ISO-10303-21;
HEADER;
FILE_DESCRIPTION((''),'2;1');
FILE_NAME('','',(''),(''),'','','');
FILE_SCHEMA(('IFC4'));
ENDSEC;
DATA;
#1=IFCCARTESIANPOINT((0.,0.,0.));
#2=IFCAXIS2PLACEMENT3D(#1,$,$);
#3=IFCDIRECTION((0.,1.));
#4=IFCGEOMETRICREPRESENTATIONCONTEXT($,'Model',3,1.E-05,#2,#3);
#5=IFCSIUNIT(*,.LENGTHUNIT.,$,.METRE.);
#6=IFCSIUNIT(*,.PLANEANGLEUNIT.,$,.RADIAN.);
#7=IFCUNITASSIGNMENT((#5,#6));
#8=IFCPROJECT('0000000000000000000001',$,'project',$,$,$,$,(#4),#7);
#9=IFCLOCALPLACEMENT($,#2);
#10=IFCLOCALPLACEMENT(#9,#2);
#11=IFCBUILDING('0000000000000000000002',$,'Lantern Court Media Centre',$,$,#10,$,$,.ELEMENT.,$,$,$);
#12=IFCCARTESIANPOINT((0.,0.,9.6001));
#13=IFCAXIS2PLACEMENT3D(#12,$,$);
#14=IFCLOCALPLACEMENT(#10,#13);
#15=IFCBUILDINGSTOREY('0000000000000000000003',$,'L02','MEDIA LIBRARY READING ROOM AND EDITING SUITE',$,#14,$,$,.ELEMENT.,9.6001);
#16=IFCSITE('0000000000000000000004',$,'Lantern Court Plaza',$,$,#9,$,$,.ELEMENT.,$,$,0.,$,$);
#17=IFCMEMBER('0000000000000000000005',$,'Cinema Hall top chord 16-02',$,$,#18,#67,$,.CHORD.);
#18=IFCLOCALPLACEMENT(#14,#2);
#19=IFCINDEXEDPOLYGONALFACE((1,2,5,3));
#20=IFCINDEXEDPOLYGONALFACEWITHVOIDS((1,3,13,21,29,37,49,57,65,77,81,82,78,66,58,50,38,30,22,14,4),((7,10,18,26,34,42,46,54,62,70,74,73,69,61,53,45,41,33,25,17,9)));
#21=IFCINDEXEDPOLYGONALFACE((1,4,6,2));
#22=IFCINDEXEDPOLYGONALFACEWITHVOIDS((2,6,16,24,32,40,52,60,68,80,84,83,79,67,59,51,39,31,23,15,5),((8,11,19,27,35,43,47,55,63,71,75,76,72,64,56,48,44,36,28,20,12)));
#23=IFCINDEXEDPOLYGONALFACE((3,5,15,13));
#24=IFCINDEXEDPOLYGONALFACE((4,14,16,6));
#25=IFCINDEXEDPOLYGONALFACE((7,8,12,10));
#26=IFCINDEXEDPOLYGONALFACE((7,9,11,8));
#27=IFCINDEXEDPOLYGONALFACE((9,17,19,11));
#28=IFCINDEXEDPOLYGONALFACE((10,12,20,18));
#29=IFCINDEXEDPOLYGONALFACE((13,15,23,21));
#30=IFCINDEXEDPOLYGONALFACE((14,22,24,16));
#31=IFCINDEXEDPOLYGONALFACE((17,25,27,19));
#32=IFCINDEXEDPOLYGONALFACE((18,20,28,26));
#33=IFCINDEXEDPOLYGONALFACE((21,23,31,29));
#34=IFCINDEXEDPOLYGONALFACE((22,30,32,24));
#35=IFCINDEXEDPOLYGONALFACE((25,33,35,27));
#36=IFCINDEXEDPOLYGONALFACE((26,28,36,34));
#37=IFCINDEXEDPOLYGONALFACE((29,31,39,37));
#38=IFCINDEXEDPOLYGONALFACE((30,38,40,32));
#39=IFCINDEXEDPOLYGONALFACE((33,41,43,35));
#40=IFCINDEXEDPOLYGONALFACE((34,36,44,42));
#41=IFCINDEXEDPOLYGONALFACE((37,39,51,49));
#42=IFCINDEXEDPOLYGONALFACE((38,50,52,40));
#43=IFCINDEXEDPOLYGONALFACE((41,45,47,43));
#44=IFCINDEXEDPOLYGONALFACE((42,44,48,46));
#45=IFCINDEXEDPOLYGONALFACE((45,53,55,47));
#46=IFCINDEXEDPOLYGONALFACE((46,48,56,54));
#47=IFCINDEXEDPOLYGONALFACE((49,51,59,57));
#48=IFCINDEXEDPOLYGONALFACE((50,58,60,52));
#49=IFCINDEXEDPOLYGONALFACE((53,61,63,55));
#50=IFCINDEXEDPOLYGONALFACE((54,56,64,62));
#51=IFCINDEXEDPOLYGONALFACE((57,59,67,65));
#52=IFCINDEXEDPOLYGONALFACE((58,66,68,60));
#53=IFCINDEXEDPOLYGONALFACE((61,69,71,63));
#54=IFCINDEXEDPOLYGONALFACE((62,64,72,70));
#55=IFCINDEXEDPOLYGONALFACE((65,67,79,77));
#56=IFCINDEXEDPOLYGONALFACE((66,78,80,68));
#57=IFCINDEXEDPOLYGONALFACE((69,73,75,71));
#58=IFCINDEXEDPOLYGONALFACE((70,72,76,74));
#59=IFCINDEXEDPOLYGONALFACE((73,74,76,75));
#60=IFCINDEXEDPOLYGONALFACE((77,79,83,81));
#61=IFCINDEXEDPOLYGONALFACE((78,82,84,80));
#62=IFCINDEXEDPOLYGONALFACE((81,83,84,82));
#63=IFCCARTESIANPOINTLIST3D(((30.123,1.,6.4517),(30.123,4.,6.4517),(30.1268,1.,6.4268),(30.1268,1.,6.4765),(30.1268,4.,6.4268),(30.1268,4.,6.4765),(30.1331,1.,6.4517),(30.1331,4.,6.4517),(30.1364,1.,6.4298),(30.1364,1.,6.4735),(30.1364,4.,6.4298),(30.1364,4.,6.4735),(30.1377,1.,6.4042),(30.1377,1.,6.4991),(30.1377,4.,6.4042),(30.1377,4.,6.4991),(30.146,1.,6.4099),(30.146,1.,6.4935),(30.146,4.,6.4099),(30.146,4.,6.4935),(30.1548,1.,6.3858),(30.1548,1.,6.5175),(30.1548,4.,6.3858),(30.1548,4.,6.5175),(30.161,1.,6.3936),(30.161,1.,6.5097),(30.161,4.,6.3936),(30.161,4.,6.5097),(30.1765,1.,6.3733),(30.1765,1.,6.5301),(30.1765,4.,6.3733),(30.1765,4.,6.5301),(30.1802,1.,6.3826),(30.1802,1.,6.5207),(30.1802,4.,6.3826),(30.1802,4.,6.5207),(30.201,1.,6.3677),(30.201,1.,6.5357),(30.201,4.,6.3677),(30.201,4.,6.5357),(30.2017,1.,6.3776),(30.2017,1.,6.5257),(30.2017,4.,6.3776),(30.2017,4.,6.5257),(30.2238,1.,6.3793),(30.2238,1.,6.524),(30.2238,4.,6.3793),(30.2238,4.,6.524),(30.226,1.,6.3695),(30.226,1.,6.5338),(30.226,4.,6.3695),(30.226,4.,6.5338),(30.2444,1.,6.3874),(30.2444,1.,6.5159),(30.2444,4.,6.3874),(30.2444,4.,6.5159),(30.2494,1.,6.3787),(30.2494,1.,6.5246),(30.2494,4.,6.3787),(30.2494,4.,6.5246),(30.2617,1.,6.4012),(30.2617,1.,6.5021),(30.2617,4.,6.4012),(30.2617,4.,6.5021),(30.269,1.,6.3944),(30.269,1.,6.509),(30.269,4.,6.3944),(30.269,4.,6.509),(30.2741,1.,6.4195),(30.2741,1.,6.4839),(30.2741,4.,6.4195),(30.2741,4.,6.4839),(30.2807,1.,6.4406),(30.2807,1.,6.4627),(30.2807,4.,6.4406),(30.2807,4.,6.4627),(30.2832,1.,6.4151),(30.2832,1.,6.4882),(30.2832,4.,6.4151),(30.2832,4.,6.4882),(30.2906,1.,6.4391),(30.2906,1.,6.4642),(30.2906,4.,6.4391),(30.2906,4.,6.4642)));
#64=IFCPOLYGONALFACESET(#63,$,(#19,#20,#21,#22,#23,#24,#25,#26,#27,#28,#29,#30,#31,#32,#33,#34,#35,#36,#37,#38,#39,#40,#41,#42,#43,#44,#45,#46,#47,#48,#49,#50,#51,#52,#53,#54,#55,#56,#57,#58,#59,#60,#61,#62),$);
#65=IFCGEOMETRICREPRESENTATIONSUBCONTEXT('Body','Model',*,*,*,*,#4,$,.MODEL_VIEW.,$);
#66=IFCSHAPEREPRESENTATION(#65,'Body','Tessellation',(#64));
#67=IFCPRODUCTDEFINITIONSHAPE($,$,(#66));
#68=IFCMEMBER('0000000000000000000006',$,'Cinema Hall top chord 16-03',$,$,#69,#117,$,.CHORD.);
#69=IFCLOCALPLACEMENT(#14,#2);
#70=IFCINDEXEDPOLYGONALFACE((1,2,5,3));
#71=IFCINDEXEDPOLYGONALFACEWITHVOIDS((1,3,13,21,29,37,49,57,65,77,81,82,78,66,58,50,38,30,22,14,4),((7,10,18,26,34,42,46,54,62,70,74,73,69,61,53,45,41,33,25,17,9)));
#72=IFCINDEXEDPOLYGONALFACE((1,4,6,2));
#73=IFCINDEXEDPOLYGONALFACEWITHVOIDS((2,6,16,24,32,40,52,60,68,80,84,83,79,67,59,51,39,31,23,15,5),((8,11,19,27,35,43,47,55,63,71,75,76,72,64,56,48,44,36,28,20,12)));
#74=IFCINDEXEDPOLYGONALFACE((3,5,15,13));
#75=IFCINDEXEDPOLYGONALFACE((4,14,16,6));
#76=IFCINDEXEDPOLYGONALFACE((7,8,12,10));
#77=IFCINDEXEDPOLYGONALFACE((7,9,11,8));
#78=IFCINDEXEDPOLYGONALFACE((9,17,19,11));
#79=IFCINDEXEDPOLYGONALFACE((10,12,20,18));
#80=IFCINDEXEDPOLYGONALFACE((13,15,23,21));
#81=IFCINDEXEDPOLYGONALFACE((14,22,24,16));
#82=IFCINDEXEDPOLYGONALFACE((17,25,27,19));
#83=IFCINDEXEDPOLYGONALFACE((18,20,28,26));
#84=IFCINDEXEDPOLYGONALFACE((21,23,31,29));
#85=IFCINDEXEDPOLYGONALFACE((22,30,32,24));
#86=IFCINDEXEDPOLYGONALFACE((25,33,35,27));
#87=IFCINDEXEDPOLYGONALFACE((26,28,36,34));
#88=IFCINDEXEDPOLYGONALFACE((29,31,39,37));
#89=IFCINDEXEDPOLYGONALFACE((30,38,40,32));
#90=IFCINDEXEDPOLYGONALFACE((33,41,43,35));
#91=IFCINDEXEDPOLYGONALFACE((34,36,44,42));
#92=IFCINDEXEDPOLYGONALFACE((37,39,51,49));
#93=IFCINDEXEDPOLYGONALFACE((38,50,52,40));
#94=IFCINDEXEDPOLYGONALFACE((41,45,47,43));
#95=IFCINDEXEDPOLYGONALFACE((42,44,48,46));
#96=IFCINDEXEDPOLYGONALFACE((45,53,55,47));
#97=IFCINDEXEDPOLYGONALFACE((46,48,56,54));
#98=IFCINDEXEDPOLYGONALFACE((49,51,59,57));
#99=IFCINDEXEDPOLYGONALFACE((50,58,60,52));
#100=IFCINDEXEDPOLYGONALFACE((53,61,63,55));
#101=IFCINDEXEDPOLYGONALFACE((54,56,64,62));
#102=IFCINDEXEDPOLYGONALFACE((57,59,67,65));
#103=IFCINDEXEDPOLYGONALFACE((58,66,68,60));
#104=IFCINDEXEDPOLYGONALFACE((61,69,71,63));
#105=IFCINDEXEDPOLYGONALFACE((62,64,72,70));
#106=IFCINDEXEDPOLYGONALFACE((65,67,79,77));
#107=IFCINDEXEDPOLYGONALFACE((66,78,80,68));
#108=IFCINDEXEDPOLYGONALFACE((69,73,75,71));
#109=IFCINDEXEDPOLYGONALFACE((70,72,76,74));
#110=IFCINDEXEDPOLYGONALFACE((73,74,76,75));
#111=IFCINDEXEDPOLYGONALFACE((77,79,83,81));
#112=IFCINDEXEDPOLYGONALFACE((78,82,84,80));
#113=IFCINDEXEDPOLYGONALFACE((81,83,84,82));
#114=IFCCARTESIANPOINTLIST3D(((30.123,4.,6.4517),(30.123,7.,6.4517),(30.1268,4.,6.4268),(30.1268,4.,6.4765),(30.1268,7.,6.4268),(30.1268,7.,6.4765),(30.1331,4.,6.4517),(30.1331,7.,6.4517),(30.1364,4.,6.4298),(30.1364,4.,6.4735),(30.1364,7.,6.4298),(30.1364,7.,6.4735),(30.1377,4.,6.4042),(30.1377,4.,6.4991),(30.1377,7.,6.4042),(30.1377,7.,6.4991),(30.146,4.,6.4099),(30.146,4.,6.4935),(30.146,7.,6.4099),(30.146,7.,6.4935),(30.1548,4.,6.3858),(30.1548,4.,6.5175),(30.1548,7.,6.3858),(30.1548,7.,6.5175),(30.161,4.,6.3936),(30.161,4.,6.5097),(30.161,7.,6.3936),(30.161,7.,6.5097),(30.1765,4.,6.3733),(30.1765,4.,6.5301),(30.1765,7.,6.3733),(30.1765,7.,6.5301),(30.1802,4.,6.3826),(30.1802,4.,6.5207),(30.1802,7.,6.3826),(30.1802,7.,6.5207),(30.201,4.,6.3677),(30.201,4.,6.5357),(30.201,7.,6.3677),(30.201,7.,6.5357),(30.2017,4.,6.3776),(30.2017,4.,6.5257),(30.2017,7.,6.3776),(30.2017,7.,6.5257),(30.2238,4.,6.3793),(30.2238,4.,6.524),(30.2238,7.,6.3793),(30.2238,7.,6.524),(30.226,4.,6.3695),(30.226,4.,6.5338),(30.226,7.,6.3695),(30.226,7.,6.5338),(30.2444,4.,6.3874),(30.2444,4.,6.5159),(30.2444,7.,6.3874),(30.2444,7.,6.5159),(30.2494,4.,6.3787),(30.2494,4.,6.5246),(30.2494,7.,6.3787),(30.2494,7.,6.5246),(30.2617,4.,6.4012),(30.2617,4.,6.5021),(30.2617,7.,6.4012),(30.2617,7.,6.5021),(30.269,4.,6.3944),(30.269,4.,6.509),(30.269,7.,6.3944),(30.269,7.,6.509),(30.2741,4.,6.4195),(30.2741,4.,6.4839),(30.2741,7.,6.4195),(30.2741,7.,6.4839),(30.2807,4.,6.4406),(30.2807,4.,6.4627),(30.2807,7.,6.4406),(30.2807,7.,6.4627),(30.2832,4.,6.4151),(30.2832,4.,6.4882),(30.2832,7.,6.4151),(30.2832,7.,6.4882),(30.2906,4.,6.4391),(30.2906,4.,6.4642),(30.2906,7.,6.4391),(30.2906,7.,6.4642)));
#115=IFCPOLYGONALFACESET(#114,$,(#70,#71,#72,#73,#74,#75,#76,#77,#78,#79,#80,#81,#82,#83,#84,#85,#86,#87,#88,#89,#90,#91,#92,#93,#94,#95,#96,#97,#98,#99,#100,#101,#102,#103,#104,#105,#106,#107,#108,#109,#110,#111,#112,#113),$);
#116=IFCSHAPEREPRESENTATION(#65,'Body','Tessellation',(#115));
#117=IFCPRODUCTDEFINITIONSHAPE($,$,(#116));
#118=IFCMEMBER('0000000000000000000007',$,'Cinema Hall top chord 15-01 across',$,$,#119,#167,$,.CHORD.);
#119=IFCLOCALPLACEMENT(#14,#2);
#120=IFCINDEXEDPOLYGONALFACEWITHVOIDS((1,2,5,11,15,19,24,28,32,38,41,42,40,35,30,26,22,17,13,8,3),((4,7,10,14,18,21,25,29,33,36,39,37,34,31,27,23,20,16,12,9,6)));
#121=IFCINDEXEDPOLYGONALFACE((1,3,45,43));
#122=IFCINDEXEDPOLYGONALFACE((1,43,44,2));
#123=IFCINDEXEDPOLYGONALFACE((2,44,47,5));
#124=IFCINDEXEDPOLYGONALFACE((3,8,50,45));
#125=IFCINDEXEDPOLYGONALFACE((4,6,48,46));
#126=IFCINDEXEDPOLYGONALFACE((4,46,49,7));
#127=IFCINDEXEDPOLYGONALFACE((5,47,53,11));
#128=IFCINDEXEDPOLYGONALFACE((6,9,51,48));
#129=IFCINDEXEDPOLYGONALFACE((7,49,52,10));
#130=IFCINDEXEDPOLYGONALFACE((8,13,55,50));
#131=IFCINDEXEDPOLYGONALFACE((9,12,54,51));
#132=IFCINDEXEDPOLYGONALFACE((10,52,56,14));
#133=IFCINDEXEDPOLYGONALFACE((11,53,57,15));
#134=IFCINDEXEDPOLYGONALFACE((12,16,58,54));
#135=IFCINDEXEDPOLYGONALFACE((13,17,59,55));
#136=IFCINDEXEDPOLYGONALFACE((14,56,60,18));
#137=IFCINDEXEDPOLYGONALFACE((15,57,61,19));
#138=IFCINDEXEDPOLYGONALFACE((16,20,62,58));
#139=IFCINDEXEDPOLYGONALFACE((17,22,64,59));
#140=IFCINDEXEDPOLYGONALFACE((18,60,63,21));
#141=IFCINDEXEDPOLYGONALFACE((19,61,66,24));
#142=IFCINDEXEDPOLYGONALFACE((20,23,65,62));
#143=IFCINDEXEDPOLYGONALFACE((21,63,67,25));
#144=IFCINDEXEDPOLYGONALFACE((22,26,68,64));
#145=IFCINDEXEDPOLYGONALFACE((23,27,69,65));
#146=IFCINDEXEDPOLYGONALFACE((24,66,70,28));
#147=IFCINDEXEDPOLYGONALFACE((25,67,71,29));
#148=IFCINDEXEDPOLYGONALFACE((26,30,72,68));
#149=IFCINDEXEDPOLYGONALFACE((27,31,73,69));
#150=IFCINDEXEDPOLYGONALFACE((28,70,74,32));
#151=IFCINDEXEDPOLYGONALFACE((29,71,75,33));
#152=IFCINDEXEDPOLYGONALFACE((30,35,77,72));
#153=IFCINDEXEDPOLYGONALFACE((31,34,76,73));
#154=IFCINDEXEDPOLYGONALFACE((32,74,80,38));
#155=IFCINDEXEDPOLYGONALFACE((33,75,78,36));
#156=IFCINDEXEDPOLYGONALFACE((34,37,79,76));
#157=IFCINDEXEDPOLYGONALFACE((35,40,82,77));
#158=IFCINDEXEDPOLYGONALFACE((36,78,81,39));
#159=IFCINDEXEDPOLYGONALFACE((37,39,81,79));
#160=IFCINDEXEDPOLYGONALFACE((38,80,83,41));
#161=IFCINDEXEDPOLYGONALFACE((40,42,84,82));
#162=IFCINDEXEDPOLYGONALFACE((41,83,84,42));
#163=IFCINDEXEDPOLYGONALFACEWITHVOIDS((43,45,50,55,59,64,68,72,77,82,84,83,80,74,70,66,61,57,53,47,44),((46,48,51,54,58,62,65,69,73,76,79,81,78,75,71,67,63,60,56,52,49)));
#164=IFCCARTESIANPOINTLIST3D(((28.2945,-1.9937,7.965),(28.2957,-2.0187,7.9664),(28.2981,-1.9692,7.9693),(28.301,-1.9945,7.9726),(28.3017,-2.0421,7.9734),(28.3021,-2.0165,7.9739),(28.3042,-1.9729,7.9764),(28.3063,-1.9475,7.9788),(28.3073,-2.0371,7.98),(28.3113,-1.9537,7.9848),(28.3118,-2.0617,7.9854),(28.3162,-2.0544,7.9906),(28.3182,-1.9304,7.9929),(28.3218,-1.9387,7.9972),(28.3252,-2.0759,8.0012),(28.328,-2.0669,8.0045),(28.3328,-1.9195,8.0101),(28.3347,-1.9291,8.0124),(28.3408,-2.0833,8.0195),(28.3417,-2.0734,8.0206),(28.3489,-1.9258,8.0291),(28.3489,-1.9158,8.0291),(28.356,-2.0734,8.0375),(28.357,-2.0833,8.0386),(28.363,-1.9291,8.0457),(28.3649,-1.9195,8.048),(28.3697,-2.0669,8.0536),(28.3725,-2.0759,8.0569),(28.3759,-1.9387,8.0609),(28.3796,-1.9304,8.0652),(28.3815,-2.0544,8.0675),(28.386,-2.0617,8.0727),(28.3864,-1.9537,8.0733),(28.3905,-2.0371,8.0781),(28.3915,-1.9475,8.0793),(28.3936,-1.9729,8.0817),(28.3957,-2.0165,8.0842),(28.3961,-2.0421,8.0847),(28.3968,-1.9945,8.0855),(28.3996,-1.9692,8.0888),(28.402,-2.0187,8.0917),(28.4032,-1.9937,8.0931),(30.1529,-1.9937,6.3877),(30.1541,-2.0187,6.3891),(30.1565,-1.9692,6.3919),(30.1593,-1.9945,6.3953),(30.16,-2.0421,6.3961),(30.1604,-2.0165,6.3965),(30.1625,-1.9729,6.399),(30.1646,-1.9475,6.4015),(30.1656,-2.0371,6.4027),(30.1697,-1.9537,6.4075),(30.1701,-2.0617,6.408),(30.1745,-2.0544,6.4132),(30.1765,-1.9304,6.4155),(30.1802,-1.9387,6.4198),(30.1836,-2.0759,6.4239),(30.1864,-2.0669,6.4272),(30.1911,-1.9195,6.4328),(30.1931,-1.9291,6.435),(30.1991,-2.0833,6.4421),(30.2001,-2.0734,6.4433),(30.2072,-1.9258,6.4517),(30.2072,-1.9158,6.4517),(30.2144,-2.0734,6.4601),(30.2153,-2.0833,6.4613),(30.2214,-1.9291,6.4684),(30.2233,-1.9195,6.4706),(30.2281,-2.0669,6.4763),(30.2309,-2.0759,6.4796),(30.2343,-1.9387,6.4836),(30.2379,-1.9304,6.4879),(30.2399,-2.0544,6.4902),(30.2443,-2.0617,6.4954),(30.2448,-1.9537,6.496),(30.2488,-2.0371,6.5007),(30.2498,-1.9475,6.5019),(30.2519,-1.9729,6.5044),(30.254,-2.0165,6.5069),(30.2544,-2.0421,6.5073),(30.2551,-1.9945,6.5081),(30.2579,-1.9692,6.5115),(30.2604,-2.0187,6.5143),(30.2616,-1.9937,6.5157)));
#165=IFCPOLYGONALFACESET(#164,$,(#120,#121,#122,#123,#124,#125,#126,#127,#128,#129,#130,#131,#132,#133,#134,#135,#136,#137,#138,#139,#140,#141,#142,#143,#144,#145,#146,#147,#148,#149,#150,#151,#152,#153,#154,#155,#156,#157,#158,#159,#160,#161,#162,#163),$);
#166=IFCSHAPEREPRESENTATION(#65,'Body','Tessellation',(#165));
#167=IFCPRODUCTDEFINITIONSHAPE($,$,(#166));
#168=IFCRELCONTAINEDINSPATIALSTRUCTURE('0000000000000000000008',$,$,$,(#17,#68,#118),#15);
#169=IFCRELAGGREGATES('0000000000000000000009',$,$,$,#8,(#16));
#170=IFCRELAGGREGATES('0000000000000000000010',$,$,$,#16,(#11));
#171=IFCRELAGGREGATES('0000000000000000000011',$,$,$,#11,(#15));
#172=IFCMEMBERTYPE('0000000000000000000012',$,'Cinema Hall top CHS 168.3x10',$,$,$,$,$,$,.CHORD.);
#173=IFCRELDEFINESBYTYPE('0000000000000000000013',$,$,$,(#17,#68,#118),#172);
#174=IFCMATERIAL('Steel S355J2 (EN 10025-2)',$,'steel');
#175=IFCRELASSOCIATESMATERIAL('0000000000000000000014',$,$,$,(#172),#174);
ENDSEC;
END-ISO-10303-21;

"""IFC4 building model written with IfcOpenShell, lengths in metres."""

from ifc_helpers import new_model, si_unit, direction, frame, origin, origin_2d, place, context, subcontext, project, spatial, hollow_circle, extrude, material, material_profile, profile_set, type_object, element, save


model = new_model("IFC4")

# Units and contexts
model_context = context("Model", 3, precision=1e-05, world=origin(), true_north=direction((0.0, 1.0)))
body_context = subcontext(model_context, "Body", "Model", "MODEL_VIEW")
ifc_project = project(units=[si_unit("LENGTHUNIT", "METRE"), si_unit("PLANEANGLEUNIT", "RADIAN")], contexts=[model_context])

# Site, building, storey
site_placement = place(None, origin())
site = spatial("IfcSite", under=ifc_project, at=site_placement, Name="Lantern Court Plaza", CompositionType="ELEMENT", RefElevation=0.0)
building_placement = place(site_placement, origin())
building = spatial("IfcBuilding", under=site, at=building_placement, Name="Lantern Court Media Centre", CompositionType="ELEMENT")
storey_placement = place(building_placement, frame((0.0, 0.0, 9.6001)))
storey = spatial("IfcBuildingStorey", under=building, at=storey_placement, Name="L02", Description="MEDIA LIBRARY READING ROOM AND EDITING SUITE", CompositionType="ELEMENT", Elevation=9.6001)

# Members
ifc_material = material(Name="Steel S355J2 (EN 10025-2)", Category="steel")
ifc_material_profile_1 = material_profile(ifc_material, hollow_circle(Radius=0.0842, WallThickness=0.01, at=origin_2d()), Name="Cinema Hall top CHS 168.3x10")
ifc_profile_set_1 = profile_set([ifc_material_profile_1], Name="Steel S355J2 (EN 10025-2)")
member_type_1 = type_object("IfcMemberType", Name="Cinema Hall top CHS 168.3x10", PredefinedType="CHORD", material=ifc_profile_set_1)
for number, where, z_axis, x_axis, name in (
    (1, (30.2073, 1.0, 6.4517), (0.0, 1.0, 0.0), (-1.0, 0.0, 0.0), "Cinema Hall top chord 16-02"),
    (2, (30.2073, 4.0, 6.4517), (0.0, 1.0, 0.0), (-1.0, 0.0, 0.0), "Cinema Hall top chord 16-03"),
):
    element("IfcMember", number, at=place(storey_placement, frame(where, z_axis=z_axis, x_axis=x_axis)), inside=storey, type_object=member_type_1, Name=name, PredefinedType="CHORD", context=body_context, shape_type="SweptSolid", body=[
        extrude(hollow_circle(Radius=0.0842, WallThickness=0.01, at=origin_2d()), origin(), (0.0, 0.0, 1.0), 3.0),
    ])
for number, where, z_axis, x_axis, name in (
    (3, (28.3489, -2.0, 8.0291), (0.762394, 0.0, -0.647113), (0.0, 1.0, 0.0), "Cinema Hall top chord 15-01 across"),
):
    element("IfcMember", number, at=place(storey_placement, frame(where, z_axis=z_axis, x_axis=x_axis)), inside=storey, type_object=member_type_1, Name=name, PredefinedType="CHORD", context=body_context, shape_type="SweptSolid", body=[
        extrude(hollow_circle(Radius=0.0842, WallThickness=0.01, at=origin_2d()), origin(), (0.0, 0.0, 1.0), 2.4375),
    ])

save(model, "model.ifc")
